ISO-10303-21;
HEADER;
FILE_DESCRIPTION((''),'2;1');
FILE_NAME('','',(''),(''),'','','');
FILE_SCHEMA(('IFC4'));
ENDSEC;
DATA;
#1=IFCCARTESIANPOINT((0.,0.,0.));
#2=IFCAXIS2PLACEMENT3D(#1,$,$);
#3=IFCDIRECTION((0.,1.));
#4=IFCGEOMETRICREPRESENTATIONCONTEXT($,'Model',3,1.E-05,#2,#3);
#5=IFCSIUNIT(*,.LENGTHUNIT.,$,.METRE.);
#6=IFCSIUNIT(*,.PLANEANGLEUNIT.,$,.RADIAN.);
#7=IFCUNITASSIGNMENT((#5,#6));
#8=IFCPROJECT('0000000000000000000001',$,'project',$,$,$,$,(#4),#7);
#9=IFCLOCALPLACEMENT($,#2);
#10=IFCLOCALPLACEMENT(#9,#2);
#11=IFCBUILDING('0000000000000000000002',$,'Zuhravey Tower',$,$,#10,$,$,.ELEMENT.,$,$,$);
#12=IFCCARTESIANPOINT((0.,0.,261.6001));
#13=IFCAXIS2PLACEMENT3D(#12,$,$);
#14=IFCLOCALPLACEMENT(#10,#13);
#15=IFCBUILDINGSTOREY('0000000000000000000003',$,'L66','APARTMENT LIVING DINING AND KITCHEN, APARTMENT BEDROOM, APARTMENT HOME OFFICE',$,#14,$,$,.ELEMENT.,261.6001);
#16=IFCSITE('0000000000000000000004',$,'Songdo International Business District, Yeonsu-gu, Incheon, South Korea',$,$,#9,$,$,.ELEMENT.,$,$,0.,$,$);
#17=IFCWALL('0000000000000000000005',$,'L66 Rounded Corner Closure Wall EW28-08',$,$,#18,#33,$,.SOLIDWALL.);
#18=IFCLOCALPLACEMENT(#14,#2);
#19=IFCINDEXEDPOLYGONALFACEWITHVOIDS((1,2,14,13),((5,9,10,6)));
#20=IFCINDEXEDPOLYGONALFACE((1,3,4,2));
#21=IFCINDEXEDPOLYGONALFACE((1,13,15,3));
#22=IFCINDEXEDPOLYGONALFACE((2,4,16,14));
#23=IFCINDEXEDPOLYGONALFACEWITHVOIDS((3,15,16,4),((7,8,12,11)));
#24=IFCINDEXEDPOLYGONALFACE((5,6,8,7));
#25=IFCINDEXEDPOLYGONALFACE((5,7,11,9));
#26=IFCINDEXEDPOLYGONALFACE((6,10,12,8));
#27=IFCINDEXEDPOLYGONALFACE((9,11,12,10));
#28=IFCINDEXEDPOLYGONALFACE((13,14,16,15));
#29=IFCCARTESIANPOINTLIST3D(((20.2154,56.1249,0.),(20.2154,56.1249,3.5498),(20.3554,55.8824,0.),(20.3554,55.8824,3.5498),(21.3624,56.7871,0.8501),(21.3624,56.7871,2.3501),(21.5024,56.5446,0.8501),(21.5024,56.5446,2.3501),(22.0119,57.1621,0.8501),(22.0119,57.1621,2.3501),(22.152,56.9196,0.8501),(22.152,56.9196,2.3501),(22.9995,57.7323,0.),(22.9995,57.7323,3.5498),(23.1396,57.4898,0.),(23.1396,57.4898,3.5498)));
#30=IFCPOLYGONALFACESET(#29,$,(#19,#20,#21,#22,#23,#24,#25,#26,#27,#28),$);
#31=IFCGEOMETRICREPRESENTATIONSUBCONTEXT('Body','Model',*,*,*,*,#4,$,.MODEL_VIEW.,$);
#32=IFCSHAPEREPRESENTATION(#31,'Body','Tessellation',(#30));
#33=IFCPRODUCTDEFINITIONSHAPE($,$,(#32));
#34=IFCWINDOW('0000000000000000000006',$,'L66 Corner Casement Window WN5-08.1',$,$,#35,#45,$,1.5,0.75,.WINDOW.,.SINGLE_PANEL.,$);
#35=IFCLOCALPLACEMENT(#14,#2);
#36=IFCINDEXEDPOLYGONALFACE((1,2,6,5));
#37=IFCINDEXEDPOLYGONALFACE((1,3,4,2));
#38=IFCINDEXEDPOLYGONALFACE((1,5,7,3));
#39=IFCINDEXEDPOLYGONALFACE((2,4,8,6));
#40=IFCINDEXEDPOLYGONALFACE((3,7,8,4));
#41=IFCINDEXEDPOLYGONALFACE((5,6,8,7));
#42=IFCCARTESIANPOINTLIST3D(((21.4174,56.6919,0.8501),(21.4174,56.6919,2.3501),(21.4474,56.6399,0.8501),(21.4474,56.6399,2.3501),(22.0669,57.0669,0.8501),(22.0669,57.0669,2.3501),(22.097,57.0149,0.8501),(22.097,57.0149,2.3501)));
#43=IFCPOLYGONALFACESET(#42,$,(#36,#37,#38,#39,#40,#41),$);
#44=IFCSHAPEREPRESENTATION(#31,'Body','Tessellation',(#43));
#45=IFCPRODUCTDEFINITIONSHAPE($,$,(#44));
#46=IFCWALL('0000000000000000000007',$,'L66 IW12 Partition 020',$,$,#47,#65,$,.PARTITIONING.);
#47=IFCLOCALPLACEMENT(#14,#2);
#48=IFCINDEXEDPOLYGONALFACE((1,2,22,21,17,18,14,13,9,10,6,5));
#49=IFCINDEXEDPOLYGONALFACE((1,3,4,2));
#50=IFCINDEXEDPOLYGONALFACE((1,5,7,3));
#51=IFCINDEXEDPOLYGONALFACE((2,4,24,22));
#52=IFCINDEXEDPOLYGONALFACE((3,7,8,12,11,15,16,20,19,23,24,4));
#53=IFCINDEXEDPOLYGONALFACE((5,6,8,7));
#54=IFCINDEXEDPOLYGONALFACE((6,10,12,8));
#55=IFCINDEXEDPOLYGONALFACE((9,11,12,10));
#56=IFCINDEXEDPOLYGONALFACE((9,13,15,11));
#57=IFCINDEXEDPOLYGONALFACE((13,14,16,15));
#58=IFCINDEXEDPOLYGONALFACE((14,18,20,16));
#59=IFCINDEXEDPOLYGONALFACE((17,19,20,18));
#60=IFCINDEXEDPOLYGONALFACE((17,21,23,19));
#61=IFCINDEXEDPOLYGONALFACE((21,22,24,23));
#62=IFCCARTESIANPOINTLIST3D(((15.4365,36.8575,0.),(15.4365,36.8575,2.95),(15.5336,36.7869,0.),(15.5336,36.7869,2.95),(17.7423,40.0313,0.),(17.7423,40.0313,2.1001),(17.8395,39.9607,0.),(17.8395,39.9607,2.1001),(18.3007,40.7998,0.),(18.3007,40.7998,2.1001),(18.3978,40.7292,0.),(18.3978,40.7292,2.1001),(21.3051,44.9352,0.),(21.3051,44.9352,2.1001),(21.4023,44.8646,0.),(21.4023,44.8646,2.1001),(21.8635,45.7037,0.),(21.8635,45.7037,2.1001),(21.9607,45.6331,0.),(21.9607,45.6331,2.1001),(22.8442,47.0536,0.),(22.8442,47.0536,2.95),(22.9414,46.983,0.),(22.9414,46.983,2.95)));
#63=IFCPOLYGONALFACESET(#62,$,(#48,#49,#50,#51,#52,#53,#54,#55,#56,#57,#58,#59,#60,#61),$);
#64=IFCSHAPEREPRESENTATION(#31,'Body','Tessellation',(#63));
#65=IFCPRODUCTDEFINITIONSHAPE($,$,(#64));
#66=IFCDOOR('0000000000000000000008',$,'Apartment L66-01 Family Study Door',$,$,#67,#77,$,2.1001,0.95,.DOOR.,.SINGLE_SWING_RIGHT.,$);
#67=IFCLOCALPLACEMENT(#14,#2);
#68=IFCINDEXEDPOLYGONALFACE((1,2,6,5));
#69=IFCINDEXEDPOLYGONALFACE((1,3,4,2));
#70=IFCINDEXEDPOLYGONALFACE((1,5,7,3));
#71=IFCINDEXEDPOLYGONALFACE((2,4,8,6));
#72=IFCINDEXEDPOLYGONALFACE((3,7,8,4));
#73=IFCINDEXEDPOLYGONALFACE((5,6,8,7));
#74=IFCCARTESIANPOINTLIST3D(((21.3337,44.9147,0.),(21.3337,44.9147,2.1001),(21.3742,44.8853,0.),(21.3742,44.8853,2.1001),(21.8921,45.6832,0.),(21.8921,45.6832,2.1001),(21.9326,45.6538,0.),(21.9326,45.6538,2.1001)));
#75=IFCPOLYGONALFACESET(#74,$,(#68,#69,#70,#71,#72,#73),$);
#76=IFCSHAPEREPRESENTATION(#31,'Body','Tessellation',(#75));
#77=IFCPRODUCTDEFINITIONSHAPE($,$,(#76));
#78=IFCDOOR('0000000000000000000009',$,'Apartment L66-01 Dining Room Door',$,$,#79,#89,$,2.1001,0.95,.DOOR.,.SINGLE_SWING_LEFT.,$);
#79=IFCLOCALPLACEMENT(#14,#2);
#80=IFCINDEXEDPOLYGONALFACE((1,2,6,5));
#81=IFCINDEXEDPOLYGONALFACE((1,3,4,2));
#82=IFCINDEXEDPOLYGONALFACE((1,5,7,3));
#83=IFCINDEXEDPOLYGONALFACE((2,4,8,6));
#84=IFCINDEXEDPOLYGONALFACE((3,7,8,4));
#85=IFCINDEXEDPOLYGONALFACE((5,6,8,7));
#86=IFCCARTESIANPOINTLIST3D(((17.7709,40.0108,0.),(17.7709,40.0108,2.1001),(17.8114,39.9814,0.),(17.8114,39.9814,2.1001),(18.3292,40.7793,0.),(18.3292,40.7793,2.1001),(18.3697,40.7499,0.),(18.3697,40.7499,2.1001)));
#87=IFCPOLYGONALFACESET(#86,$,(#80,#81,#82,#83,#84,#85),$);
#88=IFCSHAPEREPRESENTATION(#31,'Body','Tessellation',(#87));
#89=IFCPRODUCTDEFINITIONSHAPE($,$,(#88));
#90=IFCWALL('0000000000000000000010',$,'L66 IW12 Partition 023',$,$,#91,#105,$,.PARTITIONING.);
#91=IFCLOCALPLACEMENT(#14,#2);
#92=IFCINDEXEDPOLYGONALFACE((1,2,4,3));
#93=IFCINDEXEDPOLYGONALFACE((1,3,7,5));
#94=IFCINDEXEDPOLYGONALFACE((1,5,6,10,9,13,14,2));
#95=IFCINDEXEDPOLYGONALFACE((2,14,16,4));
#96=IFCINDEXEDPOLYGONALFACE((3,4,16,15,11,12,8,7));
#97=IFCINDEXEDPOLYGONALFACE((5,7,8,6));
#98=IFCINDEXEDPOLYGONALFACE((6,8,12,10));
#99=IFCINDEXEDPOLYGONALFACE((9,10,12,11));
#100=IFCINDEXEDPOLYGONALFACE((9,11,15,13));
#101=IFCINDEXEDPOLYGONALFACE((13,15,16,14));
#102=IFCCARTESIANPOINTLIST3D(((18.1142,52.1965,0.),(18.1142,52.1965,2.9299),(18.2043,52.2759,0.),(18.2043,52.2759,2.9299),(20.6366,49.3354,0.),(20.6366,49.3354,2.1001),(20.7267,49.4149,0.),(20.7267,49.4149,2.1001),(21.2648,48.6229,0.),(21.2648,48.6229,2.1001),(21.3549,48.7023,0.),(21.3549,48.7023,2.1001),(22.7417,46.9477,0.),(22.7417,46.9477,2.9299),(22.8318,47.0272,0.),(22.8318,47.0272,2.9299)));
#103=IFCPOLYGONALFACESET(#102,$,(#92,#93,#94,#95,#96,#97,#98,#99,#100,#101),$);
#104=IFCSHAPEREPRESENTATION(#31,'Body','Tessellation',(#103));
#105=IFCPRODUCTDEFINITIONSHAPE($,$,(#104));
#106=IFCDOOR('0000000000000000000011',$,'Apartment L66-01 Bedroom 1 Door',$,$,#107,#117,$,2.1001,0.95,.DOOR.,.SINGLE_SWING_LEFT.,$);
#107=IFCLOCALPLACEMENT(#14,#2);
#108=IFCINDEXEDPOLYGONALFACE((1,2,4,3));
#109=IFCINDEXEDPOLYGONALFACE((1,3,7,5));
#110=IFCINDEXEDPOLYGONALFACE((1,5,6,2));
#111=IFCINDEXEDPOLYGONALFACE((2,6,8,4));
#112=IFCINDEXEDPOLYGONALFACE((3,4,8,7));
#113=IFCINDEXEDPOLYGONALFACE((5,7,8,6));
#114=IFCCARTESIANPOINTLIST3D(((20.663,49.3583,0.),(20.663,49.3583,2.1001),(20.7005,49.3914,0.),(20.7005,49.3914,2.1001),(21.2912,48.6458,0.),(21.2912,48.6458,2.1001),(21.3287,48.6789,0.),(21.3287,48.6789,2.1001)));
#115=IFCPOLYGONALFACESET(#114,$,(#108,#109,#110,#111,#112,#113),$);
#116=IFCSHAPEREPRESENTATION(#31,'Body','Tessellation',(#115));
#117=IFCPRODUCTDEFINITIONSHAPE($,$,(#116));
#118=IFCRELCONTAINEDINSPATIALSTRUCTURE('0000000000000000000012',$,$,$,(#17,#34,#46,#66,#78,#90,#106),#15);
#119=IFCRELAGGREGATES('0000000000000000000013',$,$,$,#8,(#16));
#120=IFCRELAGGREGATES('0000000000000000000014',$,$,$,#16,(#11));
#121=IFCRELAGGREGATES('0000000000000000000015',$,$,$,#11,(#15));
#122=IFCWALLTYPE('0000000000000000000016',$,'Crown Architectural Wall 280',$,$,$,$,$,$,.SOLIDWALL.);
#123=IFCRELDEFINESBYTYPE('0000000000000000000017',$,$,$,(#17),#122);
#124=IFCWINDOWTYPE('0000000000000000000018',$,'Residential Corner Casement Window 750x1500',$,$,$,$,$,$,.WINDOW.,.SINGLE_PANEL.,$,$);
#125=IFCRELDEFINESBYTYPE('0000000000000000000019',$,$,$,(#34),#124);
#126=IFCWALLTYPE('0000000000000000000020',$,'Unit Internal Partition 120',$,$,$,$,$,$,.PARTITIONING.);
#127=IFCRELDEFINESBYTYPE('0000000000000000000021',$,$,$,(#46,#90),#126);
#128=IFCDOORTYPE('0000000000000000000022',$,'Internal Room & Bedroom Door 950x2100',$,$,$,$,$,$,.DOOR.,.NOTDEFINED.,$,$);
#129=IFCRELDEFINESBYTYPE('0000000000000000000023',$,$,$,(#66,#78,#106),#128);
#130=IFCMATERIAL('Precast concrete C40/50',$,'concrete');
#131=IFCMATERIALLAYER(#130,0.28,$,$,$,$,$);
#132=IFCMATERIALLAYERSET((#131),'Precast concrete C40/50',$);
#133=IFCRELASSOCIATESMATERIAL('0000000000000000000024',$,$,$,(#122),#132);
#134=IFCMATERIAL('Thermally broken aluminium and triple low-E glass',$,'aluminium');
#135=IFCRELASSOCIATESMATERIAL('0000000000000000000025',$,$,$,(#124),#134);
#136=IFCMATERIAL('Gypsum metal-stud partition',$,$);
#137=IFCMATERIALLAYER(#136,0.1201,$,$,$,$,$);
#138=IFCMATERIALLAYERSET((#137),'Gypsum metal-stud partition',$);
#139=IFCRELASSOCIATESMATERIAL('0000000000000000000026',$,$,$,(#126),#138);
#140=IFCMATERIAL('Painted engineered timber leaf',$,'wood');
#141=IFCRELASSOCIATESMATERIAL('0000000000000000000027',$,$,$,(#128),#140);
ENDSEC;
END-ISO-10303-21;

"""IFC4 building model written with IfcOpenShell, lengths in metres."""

from ifc_helpers import new_model, si_unit, direction, frame, frame_2d, origin, place, context, subcontext, project, spatial, rectangle, extrude, material, layer, layer_set, type_object, element, fill, save


model = new_model("IFC4")

# Units and contexts
model_context = context("Model", 3, precision=1e-05, world=origin(), true_north=direction((0.0, 1.0)))
body_context = subcontext(model_context, "Body", "Model", "MODEL_VIEW")
ifc_project = project(units=[si_unit("LENGTHUNIT", "METRE"), si_unit("PLANEANGLEUNIT", "RADIAN")], contexts=[model_context])

# Site, building, storey
site_placement = place(None, origin())
site = spatial("IfcSite", under=ifc_project, at=site_placement, Name="Songdo International Business District, Yeonsu-gu, Incheon, South Korea", CompositionType="ELEMENT", RefElevation=0.0)
building_placement = place(site_placement, origin())
building = spatial("IfcBuilding", under=site, at=building_placement, Name="Zuhravey Tower", CompositionType="ELEMENT")
storey_placement = place(building_placement, frame((0.0, 0.0, 261.6001)))
storey = spatial("IfcBuildingStorey", under=building, at=storey_placement, Name="L66", Description="APARTMENT LIVING DINING AND KITCHEN, APARTMENT BEDROOM, APARTMENT HOME OFFICE", CompositionType="ELEMENT", Elevation=261.6001)

# Wall, opening, window
ifc_material_1 = material(Name="Precast concrete C40/50", Category="concrete")
ifc_layer_1 = layer(ifc_material_1, 0.28)
ifc_layer_set_1 = layer_set([ifc_layer_1], Name="Precast concrete C40/50")
wall_type_1 = type_object("IfcWallType", Name="Crown Architectural Wall 280", PredefinedType="SOLIDWALL", material=ifc_layer_set_1)
wall_1_placement = place(storey_placement, frame((20.2854, 56.0037, 0.0), z_axis=(0.0, 0.0, 1.0), x_axis=(0.866029, 0.499994, 0.0)))
wall_1 = element("IfcWall", 1, at=wall_1_placement, inside=storey, type_object=wall_type_1, Name="L66 Rounded Corner Closure Wall EW28-08", PredefinedType="SOLIDWALL", context=body_context, shape_type="SweptSolid", body=[
    extrude(rectangle(XDim=3.2148, YDim=0.28, at=frame_2d((1.6074, 0.0))), origin(), (0.0, 0.0, 1.0), 3.5498),
])
opening_1_placement = place(wall_1_placement, frame((1.3245, 0.0, 0.8501)))
opening_1 = element("IfcOpeningElement", 2, at=opening_1_placement, cuts=wall_1, PredefinedType="OPENING", context=body_context, shape_type="SweptSolid", body=[
    extrude(rectangle(XDim=0.75, YDim=1.5, at=frame_2d((0.375, 0.75))), frame((0.0, 0.1521, 0.0), z_axis=(0.0, -1.0, 0.0), x_axis=(1.0, 0.0, 0.0)), (0.0, 0.0, 1.0), 0.304),
])
ifc_material_2 = material(Name="Thermally broken aluminium and triple low-E glass", Category="aluminium")
window_type = type_object("IfcWindowType", Name="Residential Corner Casement Window 750x1500", PartitioningType="SINGLE_PANEL", PredefinedType="WINDOW", material=ifc_material_2)
window_placement = place(opening_1_placement, origin())
window = element("IfcWindow", 3, at=window_placement, inside=storey, type_object=window_type, Name="L66 Corner Casement Window WN5-08.1", OverallHeight=1.5, OverallWidth=0.75, PartitioningType="SINGLE_PANEL", PredefinedType="WINDOW", context=body_context, shape_type="SweptSolid", body=[
    extrude(rectangle(XDim=0.75, YDim=1.5, at=frame_2d((0.375, 0.75))), frame((0.0, 0.03, 0.0), z_axis=(0.0, -1.0, 0.0), x_axis=(1.0, 0.0, 0.0)), (0.0, 0.0, 1.0), 0.0601),
])
fill(opening_1, window)

# Wall, openings, doors
ifc_material_3 = material(Name="Gypsum metal-stud partition")
ifc_layer_2 = layer(ifc_material_3, 0.1201)
ifc_layer_set_2 = layer_set([ifc_layer_2], Name="Gypsum metal-stud partition")
wall_type_2 = type_object("IfcWallType", Name="Unit Internal Partition 120", PredefinedType="PARTITIONING", material=ifc_layer_set_2)
wall_2_placement = place(storey_placement, frame((22.8928, 47.0183, 0.0), z_axis=(0.0, 0.0, 1.0), x_axis=(-0.587778, -0.809022, 0.0)))
wall_2 = element("IfcWall", 4, at=wall_2_placement, inside=storey, type_object=wall_type_2, Name="L66 IW12 Partition 020", PredefinedType="PARTITIONING", context=body_context, shape_type="SweptSolid", body=[
    extrude(rectangle(XDim=12.603, YDim=0.1201, at=frame_2d((6.3015, 0.0))), origin(), (0.0, 0.0, 1.0), 2.95),
])
opening_2_placement = place(wall_2_placement, frame((1.6685, 0.0, 0.0)))
opening_2 = element("IfcOpeningElement", 5, at=opening_2_placement, cuts=wall_2, PredefinedType="OPENING", context=body_context, shape_type="SweptSolid", body=[
    extrude(rectangle(XDim=0.95, YDim=2.1001, at=frame_2d((0.4751, 1.05))), frame((0.0, 0.072, 0.0), z_axis=(0.0, -1.0, 0.0), x_axis=(1.0, 0.0, 0.0)), (0.0, 0.0, 1.0), 0.144),
])
opening_3_placement = place(wall_2_placement, frame((7.73, 0.0, 0.0)))
opening_3 = element("IfcOpeningElement", 6, at=opening_3_placement, cuts=wall_2, PredefinedType="OPENING", context=body_context, shape_type="SweptSolid", body=[
    extrude(rectangle(XDim=0.95, YDim=2.1001, at=frame_2d((0.4751, 1.05))), frame((0.0, 0.072, 0.0), z_axis=(0.0, -1.0, 0.0), x_axis=(1.0, 0.0, 0.0)), (0.0, 0.0, 1.0), 0.144),
])
ifc_material_4 = material(Name="Painted engineered timber leaf", Category="wood")
door_type = type_object("IfcDoorType", Name="Internal Room & Bedroom Door 950x2100", OperationType="NOTDEFINED", PredefinedType="DOOR", material=ifc_material_4)
door_1_placement = place(opening_2_placement, frame((0.95, 0.0, 0.0), z_axis=(0.0, 0.0, 1.0), x_axis=(-1.0, 0.0, 0.0)))
door_1 = element("IfcDoor", 7, at=door_1_placement, inside=storey, type_object=door_type, Name="Apartment L66-01 Family Study Door", OperationType="SINGLE_SWING_RIGHT", OverallHeight=2.1001, OverallWidth=0.95, PredefinedType="DOOR", context=body_context, shape_type="SweptSolid", body=[
    extrude(rectangle(XDim=0.95, YDim=2.1001, at=frame_2d((0.4751, 1.05))), frame((0.0, 0.0249, 0.0), z_axis=(0.0, -1.0, 0.0), x_axis=(1.0, 0.0, 0.0)), (0.0, 0.0, 1.0), 0.05),
])
fill(opening_2, door_1)
door_2_placement = place(opening_3_placement, frame((0.95, 0.0, 0.0), z_axis=(0.0, 0.0, 1.0), x_axis=(-1.0, 0.0, 0.0)))
door_2 = element("IfcDoor", 8, at=door_2_placement, inside=storey, type_object=door_type, Name="Apartment L66-01 Dining Room Door", OperationType="SINGLE_SWING_LEFT", OverallHeight=2.1001, OverallWidth=0.95, PredefinedType="DOOR", context=body_context, shape_type="SweptSolid", body=[
    extrude(rectangle(XDim=0.95, YDim=2.1001, at=frame_2d((0.4751, 1.05))), frame((0.0, 0.0249, 0.0), z_axis=(0.0, -1.0, 0.0), x_axis=(1.0, 0.0, 0.0)), (0.0, 0.0, 1.0), 0.05),
])
fill(opening_3, door_2)

# Wall, opening, door
wall_3_placement = place(storey_placement, frame((22.7866, 46.9875, 0.0), z_axis=(0.0, 0.0, 1.0), x_axis=(-0.661313, 0.75011, 0.0)))
wall_3 = element("IfcWall", 9, at=wall_3_placement, inside=storey, type_object=wall_type_2, Name="L66 IW12 Partition 023", PredefinedType="PARTITIONING", context=body_context, shape_type="SweptSolid", body=[
    extrude(rectangle(XDim=6.9973, YDim=0.1201, at=frame_2d((3.4985, 0.0))), origin(), (0.0, 0.0, 1.0), 2.9299),
])
opening_4_placement = place(wall_3_placement, frame((2.2329, 0.0, 0.0)))
opening_4 = element("IfcOpeningElement", 10, at=opening_4_placement, cuts=wall_3, PredefinedType="OPENING", context=body_context, shape_type="SweptSolid", body=[
    extrude(rectangle(XDim=0.95, YDim=2.1001, at=frame_2d((0.4751, 1.05))), frame((0.0, 0.072, 0.0), z_axis=(0.0, -1.0, 0.0), x_axis=(1.0, 0.0, 0.0)), (0.0, 0.0, 1.0), 0.144),
])
door_3_placement = place(opening_4_placement, frame((0.95, 0.0, 0.0), z_axis=(0.0, 0.0, 1.0), x_axis=(-1.0, 0.0, 0.0)))
door_3 = element("IfcDoor", 11, at=door_3_placement, inside=storey, type_object=door_type, Name="Apartment L66-01 Bedroom 1 Door", OperationType="SINGLE_SWING_LEFT", OverallHeight=2.1001, OverallWidth=0.95, PredefinedType="DOOR", context=body_context, shape_type="SweptSolid", body=[
    extrude(rectangle(XDim=0.95, YDim=2.1001, at=frame_2d((0.4751, 1.05))), frame((0.0, 0.0249, 0.0), z_axis=(0.0, -1.0, 0.0), x_axis=(1.0, 0.0, 0.0)), (0.0, 0.0, 1.0), 0.05),
])
fill(opening_4, door_3)

save(model, "model.ifc")
